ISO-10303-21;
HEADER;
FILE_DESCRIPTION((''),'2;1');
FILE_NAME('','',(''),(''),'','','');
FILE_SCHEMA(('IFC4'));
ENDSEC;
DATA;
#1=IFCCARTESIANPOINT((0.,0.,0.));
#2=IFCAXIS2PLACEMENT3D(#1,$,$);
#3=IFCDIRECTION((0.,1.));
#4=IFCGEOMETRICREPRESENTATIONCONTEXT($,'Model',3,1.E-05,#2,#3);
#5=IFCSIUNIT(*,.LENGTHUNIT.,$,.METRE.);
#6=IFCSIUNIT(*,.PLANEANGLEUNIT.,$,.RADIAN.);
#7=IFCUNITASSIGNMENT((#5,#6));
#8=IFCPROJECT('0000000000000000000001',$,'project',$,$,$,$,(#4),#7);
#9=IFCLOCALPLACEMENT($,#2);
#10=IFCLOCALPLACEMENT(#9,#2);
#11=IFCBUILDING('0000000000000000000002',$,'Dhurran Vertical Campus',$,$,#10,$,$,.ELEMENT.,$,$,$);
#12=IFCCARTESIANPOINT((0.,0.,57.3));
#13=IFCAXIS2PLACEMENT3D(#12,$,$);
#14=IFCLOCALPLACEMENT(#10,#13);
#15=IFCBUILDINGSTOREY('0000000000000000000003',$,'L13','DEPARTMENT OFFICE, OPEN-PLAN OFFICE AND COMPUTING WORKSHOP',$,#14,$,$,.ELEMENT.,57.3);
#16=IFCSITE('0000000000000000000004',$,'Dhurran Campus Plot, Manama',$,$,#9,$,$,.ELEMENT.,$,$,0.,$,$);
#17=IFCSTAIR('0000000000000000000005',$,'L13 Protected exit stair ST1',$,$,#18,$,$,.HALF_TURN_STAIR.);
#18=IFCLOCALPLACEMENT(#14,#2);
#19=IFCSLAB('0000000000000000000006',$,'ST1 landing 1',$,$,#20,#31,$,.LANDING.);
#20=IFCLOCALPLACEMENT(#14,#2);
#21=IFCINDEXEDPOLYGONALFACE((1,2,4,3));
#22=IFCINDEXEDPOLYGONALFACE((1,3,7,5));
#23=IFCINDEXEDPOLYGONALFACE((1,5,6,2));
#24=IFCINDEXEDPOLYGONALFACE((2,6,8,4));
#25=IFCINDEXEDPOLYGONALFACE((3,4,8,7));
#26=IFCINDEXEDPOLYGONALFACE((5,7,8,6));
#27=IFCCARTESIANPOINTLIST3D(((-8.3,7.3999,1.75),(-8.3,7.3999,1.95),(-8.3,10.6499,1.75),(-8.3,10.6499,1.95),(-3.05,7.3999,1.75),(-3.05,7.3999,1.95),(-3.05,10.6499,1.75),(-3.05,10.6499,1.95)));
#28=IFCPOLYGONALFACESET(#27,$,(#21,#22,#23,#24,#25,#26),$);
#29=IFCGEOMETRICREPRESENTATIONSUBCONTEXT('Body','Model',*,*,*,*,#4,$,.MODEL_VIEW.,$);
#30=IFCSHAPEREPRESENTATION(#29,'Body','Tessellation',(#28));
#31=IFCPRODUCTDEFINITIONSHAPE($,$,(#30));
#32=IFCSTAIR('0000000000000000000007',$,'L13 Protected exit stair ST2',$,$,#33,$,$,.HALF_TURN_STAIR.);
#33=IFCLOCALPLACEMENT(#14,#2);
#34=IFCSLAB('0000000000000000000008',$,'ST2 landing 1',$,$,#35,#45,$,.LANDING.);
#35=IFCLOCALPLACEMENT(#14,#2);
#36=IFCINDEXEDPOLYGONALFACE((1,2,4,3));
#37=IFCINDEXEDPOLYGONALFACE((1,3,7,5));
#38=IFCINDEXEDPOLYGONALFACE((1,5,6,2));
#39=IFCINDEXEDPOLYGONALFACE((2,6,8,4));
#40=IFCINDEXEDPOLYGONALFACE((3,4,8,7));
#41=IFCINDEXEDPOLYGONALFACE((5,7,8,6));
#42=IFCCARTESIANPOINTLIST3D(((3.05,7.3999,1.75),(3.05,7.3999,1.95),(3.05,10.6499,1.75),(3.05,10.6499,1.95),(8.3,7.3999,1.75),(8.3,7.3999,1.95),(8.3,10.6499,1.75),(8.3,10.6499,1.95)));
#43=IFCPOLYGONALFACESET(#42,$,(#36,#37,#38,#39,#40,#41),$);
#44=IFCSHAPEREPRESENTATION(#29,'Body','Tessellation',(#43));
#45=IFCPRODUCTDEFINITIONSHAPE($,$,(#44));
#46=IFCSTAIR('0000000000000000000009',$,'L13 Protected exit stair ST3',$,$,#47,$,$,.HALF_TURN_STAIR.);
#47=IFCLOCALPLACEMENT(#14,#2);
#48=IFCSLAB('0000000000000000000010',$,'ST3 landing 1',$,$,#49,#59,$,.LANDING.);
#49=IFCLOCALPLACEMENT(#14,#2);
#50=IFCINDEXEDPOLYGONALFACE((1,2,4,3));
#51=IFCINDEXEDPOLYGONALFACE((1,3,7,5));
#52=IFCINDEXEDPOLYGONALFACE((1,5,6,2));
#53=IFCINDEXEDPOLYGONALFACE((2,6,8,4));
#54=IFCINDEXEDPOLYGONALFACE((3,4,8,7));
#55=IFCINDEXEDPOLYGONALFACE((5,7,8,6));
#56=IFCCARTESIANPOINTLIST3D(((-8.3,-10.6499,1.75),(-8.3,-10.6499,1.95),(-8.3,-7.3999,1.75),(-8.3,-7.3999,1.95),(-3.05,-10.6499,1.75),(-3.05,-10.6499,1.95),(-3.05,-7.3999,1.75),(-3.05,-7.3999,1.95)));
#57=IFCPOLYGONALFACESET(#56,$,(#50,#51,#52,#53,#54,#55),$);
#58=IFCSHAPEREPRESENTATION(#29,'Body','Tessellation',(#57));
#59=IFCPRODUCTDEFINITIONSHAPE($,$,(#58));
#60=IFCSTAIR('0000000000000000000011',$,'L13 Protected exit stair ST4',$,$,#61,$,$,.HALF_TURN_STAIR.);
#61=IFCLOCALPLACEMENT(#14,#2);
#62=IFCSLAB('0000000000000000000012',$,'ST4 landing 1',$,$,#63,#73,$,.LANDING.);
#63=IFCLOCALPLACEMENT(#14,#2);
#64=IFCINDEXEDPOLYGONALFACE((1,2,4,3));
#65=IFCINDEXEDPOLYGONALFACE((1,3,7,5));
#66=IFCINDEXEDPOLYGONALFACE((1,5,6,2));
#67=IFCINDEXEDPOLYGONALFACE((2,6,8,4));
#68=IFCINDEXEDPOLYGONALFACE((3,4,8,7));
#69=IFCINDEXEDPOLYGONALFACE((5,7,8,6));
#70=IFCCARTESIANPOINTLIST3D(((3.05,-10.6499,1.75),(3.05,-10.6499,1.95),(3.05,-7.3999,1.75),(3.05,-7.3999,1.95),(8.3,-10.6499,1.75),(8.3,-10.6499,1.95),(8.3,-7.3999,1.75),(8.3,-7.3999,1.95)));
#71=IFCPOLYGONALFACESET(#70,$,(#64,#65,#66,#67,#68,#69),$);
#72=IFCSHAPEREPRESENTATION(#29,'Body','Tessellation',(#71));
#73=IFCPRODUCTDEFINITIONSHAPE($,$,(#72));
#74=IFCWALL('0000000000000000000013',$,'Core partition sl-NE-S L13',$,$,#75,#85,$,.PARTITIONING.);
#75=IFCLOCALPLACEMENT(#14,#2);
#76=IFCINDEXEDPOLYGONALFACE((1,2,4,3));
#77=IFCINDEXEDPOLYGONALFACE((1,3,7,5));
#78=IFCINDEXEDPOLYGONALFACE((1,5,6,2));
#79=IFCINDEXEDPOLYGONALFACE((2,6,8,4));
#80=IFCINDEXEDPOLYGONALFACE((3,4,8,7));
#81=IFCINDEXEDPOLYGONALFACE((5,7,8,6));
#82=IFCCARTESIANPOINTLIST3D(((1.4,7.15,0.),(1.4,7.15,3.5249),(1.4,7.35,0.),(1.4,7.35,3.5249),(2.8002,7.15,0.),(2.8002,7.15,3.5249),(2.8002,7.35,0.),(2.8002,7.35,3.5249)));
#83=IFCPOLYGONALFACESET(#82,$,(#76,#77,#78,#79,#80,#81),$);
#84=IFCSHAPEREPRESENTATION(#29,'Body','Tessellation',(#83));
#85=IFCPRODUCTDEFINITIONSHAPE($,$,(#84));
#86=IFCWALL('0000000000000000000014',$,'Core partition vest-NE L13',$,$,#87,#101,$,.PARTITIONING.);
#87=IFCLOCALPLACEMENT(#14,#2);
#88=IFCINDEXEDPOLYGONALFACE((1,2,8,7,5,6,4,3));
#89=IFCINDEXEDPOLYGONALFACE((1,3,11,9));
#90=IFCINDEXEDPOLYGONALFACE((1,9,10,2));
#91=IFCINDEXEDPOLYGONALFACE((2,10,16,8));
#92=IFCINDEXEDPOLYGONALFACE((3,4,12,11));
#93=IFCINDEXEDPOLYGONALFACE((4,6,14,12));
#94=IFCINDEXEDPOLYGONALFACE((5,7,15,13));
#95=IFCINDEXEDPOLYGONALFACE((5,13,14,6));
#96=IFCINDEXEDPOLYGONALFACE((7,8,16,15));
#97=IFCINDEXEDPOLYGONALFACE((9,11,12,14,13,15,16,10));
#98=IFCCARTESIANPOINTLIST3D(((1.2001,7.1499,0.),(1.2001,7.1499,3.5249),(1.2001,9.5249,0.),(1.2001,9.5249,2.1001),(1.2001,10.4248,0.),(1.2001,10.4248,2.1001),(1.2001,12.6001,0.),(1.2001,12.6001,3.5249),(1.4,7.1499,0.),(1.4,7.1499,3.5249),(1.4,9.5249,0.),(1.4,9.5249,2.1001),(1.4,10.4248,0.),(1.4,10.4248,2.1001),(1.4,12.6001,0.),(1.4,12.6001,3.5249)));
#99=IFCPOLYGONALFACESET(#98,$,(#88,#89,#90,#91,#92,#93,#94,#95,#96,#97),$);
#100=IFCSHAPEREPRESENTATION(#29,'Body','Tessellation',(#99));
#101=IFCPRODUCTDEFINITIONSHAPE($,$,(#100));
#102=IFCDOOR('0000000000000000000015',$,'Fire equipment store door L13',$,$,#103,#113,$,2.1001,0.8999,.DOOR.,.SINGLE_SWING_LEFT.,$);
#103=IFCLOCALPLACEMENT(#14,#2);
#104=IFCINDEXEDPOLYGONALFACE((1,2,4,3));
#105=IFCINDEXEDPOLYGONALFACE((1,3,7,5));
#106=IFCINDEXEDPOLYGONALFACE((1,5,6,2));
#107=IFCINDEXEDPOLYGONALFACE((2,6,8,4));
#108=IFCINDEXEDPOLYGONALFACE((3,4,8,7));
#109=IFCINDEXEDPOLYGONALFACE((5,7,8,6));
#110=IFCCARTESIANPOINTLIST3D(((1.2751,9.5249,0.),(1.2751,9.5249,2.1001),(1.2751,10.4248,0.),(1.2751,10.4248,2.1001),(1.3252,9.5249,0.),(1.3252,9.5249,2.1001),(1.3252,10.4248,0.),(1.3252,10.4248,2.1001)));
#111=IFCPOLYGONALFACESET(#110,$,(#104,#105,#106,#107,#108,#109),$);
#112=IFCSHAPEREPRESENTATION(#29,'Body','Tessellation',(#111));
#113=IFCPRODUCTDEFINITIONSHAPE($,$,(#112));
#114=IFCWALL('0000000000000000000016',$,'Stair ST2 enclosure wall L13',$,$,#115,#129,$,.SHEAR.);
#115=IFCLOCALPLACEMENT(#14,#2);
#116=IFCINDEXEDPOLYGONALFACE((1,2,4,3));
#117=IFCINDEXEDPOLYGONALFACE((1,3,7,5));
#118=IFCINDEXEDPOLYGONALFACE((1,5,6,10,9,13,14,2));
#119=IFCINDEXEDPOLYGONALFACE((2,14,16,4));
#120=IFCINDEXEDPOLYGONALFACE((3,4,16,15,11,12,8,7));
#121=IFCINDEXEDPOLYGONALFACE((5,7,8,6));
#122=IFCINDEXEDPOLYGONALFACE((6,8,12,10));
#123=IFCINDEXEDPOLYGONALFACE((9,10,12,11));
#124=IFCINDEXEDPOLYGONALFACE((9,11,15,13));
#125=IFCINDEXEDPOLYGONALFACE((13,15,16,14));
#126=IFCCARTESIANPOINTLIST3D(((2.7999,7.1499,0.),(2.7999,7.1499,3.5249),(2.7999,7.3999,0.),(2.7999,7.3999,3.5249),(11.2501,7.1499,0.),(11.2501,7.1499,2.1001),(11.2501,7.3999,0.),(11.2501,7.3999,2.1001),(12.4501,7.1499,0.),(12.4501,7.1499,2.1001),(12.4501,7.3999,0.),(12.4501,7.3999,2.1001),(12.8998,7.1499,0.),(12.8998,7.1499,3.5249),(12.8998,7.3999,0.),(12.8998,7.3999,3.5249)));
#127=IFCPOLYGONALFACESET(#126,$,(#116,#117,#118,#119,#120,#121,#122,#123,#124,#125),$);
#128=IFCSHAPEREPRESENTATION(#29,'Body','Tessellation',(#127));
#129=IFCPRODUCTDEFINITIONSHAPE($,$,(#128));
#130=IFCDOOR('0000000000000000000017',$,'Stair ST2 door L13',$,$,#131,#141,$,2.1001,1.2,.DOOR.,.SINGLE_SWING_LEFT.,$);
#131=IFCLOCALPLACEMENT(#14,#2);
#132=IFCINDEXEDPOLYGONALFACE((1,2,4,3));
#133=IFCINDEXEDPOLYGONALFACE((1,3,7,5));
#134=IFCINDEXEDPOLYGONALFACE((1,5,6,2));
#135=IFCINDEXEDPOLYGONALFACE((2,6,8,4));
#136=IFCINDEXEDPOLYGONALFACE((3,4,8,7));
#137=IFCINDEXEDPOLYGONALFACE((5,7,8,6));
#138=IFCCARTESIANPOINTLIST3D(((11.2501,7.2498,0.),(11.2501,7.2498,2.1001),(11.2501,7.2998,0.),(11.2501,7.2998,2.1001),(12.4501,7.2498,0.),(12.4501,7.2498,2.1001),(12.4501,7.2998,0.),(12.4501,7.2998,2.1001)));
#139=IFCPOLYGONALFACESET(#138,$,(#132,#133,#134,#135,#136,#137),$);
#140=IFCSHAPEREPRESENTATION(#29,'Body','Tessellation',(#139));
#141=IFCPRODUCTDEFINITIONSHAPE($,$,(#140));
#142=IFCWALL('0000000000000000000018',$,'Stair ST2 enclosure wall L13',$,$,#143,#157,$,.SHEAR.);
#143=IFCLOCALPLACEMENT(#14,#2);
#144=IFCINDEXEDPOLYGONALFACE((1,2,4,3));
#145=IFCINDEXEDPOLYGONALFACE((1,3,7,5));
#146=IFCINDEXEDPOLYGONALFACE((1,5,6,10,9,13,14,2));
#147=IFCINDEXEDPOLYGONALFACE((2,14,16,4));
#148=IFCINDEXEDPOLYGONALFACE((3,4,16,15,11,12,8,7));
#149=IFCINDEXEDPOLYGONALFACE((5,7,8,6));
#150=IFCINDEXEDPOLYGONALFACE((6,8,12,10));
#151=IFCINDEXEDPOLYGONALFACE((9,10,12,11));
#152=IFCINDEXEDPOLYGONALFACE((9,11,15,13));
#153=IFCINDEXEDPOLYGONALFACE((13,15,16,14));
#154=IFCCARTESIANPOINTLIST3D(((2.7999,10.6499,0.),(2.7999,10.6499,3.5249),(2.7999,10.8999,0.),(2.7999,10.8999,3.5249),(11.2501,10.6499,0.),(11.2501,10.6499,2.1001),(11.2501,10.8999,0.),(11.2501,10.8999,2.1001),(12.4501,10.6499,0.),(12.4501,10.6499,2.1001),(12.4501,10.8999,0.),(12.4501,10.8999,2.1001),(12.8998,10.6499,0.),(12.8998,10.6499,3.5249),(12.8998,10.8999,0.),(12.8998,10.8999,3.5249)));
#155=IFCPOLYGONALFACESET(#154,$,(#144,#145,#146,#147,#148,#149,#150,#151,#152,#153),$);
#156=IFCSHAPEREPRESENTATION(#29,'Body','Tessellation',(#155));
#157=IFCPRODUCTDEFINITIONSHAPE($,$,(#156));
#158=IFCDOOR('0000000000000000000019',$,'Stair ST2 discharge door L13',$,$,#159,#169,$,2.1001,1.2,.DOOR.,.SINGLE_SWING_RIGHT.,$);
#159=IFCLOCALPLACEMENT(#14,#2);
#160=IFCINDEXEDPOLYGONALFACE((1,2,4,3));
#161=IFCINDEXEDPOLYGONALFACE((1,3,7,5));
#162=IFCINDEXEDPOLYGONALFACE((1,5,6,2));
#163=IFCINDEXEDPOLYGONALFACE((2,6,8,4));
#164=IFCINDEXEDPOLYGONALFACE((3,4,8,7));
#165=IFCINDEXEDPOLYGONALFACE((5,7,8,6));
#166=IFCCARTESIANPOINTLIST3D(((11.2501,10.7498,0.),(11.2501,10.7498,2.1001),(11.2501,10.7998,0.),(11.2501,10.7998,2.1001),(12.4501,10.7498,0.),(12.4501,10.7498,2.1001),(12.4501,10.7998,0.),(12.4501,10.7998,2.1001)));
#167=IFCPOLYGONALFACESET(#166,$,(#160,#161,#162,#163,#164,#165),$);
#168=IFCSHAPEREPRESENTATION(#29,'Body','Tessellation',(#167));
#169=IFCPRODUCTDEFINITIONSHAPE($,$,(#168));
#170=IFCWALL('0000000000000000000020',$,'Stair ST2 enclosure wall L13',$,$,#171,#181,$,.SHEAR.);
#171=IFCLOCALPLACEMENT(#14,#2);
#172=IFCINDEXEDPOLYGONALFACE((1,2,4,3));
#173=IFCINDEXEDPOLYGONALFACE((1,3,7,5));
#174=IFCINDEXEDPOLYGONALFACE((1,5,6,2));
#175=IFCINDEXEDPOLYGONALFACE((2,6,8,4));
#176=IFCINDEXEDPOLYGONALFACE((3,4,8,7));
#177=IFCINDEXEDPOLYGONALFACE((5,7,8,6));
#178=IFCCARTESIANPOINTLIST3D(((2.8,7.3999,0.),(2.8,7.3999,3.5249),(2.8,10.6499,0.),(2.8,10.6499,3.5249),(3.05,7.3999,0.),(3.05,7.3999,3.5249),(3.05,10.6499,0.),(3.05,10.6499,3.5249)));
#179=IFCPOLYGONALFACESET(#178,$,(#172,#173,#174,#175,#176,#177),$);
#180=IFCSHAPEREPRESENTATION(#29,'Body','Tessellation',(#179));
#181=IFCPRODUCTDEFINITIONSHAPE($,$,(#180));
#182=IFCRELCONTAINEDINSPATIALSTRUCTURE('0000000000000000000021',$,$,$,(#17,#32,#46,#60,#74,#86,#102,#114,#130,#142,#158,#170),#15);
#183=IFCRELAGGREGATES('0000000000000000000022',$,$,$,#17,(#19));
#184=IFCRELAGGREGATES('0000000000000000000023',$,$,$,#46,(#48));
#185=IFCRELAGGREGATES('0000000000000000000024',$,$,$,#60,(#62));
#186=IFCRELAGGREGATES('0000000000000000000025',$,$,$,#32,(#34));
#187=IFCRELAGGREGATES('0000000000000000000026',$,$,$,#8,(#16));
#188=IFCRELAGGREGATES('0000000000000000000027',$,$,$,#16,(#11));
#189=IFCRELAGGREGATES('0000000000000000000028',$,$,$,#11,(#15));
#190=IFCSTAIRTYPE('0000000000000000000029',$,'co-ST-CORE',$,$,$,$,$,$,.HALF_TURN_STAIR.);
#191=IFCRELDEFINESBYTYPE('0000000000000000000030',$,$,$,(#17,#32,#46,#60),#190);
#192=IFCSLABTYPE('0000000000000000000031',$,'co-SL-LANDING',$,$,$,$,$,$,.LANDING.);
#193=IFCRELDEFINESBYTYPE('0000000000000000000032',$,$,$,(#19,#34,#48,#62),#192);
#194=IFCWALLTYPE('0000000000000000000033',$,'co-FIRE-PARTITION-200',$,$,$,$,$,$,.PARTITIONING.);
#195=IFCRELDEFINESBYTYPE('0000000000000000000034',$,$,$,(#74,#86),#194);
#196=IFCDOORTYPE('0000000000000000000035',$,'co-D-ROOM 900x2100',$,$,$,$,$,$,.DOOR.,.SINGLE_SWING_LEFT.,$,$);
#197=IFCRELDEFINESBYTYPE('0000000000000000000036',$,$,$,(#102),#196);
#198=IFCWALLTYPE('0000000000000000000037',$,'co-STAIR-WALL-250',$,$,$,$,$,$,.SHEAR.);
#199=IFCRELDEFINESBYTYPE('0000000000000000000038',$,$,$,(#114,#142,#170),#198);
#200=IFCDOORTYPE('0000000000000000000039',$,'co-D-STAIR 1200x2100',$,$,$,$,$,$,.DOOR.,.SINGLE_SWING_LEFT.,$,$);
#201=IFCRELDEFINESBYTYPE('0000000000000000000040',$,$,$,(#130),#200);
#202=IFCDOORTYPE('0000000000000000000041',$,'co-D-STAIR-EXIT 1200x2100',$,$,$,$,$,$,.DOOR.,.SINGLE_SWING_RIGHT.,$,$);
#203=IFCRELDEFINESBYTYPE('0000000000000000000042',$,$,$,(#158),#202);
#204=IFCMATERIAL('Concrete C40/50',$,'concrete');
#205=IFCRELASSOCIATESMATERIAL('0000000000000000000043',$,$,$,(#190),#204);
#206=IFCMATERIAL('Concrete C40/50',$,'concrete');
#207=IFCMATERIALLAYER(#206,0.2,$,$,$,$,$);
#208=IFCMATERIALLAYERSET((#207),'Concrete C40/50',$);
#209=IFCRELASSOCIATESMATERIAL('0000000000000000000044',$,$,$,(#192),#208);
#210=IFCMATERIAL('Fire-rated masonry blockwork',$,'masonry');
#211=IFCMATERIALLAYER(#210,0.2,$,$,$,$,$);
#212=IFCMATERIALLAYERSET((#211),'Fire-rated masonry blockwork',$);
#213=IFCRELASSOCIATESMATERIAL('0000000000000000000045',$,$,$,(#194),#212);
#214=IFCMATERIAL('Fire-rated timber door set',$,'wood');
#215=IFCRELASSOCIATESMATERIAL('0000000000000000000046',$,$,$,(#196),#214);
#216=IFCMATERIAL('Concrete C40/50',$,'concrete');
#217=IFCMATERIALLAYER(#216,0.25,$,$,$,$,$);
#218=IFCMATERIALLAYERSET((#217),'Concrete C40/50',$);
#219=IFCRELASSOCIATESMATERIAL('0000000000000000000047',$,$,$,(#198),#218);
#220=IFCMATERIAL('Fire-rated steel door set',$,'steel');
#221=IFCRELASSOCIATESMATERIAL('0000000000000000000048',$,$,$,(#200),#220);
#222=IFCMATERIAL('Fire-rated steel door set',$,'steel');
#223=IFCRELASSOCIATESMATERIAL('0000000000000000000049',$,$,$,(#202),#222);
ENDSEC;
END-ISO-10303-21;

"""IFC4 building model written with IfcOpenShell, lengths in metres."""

from ifc_helpers import new_model, si_unit, direction, frame, frame_2d, origin, place, context, subcontext, project, spatial, polyline, rectangle, outline, extrude, material, layer, layer_set, type_object, element, fill, aggregate, save


model = new_model("IFC4")

# Units and contexts
model_context = context("Model", 3, precision=1e-05, world=origin(), true_north=direction((0.0, 1.0)))
body_context = subcontext(model_context, "Body", "Model", "MODEL_VIEW")
ifc_project = project(units=[si_unit("LENGTHUNIT", "METRE"), si_unit("PLANEANGLEUNIT", "RADIAN")], contexts=[model_context])

# Site, building, storey
site_placement = place(None, origin())
site = spatial("IfcSite", under=ifc_project, at=site_placement, Name="Dhurran Campus Plot, Manama", CompositionType="ELEMENT", RefElevation=0.0)
building_placement = place(site_placement, origin())
building = spatial("IfcBuilding", under=site, at=building_placement, Name="Dhurran Vertical Campus", CompositionType="ELEMENT")
storey_placement = place(building_placement, frame((0.0, 0.0, 57.3)))
storey = spatial("IfcBuildingStorey", under=building, at=storey_placement, Name="L13", Description="DEPARTMENT OFFICE, OPEN-PLAN OFFICE AND COMPUTING WORKSHOP", CompositionType="ELEMENT", Elevation=57.3)

# Stairs, slabs
ifc_material_1 = material(Name="Concrete C40/50", Category="concrete")
stair_type = type_object("IfcStairType", Name="co-ST-CORE", PredefinedType="HALF_TURN_STAIR", material=ifc_material_1)
stair_1_placement = place(storey_placement, origin())
stair_1 = element("IfcStair", 1, at=stair_1_placement, inside=storey, type_object=stair_type, Name="L13 Protected exit stair ST1", PredefinedType="HALF_TURN_STAIR")
ifc_material_2 = material(Name="Concrete C40/50", Category="concrete")
ifc_layer_1 = layer(ifc_material_2, 0.2)
ifc_layer_set_1 = layer_set([ifc_layer_1], Name="Concrete C40/50")
slab_type = type_object("IfcSlabType", Name="co-SL-LANDING", PredefinedType="LANDING", material=ifc_layer_set_1)
slab_1_placement = place(storey_placement, frame((0.0, 0.0, 1.75)))
slab_1 = element("IfcSlab", 2, at=slab_1_placement, type_object=slab_type, Name="ST1 landing 1", PredefinedType="LANDING", context=body_context, shape_type="SweptSolid", body=[
    extrude(outline(polyline([(-8.3, 7.3999), (-3.05, 7.3999), (-3.05, 10.6499), (-8.3, 10.6499), (-8.3, 7.3999)])), origin(), (0.0, 0.0, 1.0), 0.2),
])
aggregate(stair_1, [slab_1])
stair_2_placement = place(storey_placement, origin())
stair_2 = element("IfcStair", 3, at=stair_2_placement, inside=storey, type_object=stair_type, Name="L13 Protected exit stair ST2", PredefinedType="HALF_TURN_STAIR")
slab_2_placement = place(storey_placement, frame((0.0, 0.0, 1.75)))
slab_2 = element("IfcSlab", 4, at=slab_2_placement, type_object=slab_type, Name="ST2 landing 1", PredefinedType="LANDING", context=body_context, shape_type="SweptSolid", body=[
    extrude(outline(polyline([(8.3, 10.6499), (3.05, 10.6499), (3.05, 7.3999), (8.3, 7.3999), (8.3, 10.6499)])), origin(), (0.0, 0.0, 1.0), 0.2),
])
stair_3_placement = place(storey_placement, origin())
stair_3 = element("IfcStair", 5, at=stair_3_placement, inside=storey, type_object=stair_type, Name="L13 Protected exit stair ST3", PredefinedType="HALF_TURN_STAIR")
slab_3_placement = place(storey_placement, frame((0.0, 0.0, 1.75)))
slab_3 = element("IfcSlab", 6, at=slab_3_placement, type_object=slab_type, Name="ST3 landing 1", PredefinedType="LANDING", context=body_context, shape_type="SweptSolid", body=[
    extrude(outline(polyline([(-8.3, -10.6499), (-3.05, -10.6499), (-3.05, -7.3999), (-8.3, -7.3999), (-8.3, -10.6499)])), origin(), (0.0, 0.0, 1.0), 0.2),
])
aggregate(stair_3, [slab_3])
stair_4_placement = place(storey_placement, origin())
stair_4 = element("IfcStair", 7, at=stair_4_placement, inside=storey, type_object=stair_type, Name="L13 Protected exit stair ST4", PredefinedType="HALF_TURN_STAIR")
slab_4_placement = place(storey_placement, frame((0.0, 0.0, 1.75)))
slab_4 = element("IfcSlab", 8, at=slab_4_placement, type_object=slab_type, Name="ST4 landing 1", PredefinedType="LANDING", context=body_context, shape_type="SweptSolid", body=[
    extrude(outline(polyline([(8.3, -7.3999), (3.05, -7.3999), (3.05, -10.6499), (8.3, -10.6499), (8.3, -7.3999)])), origin(), (0.0, 0.0, 1.0), 0.2),
])
aggregate(stair_4, [slab_4])

# Wall
ifc_material_3 = material(Name="Fire-rated masonry blockwork", Category="masonry")
ifc_layer_2 = layer(ifc_material_3, 0.2)
ifc_layer_set_2 = layer_set([ifc_layer_2], Name="Fire-rated masonry blockwork")
wall_type_1 = type_object("IfcWallType", Name="co-FIRE-PARTITION-200", PredefinedType="PARTITIONING", material=ifc_layer_set_2)
wall_1_placement = place(storey_placement, frame((1.3999, 7.25, 0.0), z_axis=(0.0, 0.0, 1.0), x_axis=(1.0, 0.0, 0.0)))
element("IfcWall", 9, at=wall_1_placement, inside=storey, type_object=wall_type_1, Name="Core partition sl-NE-S L13", PredefinedType="PARTITIONING", context=body_context, shape_type="SweptSolid", body=[
    extrude(rectangle(XDim=1.4001, YDim=0.2, at=frame_2d((0.7002, 0.0))), origin(), (0.0, 0.0, 1.0), 3.5249),
])

# Walls, openings, doors
wall_2_placement = place(storey_placement, frame((1.3, 7.1499, 0.0), z_axis=(0.0, 0.0, 1.0), x_axis=(0.0, 1.0, 0.0)))
wall_2 = element("IfcWall", 10, at=wall_2_placement, inside=storey, type_object=wall_type_1, Name="Core partition vest-NE L13", PredefinedType="PARTITIONING", context=body_context, shape_type="SweptSolid", body=[
    extrude(rectangle(XDim=5.4502, YDim=0.2, at=frame_2d((2.7251, 0.0))), origin(), (0.0, 0.0, 1.0), 3.5249),
])
opening_1_placement = place(wall_2_placement, frame((2.375, 0.0, 0.0)))
opening_1 = element("IfcOpeningElement", 11, at=opening_1_placement, cuts=wall_2, PredefinedType="OPENING", context=body_context, shape_type="SweptSolid", body=[
    extrude(rectangle(XDim=0.8999, YDim=2.1001, at=frame_2d((0.45, 1.05))), frame((0.0, 0.1099, 0.0), z_axis=(0.0, -1.0, 0.0), x_axis=(1.0, 0.0, 0.0)), (0.0, 0.0, 1.0), 0.22),
])
ifc_material_4 = material(Name="Fire-rated timber door set", Category="wood")
door_type_1 = type_object("IfcDoorType", Name="co-D-ROOM 900x2100", OperationType="SINGLE_SWING_LEFT", PredefinedType="DOOR", material=ifc_material_4)
door_1_placement = place(opening_1_placement, origin())
door_1 = element("IfcDoor", 12, at=door_1_placement, inside=storey, type_object=door_type_1, Name="Fire equipment store door L13", OperationType="SINGLE_SWING_LEFT", OverallHeight=2.1001, OverallWidth=0.8999, PredefinedType="DOOR", context=body_context, shape_type="SweptSolid", body=[
    extrude(rectangle(XDim=0.8999, YDim=2.1001, at=frame_2d((0.45, 1.05))), frame((0.0, 0.0249, 0.0), z_axis=(0.0, -1.0, 0.0), x_axis=(1.0, 0.0, 0.0)), (0.0, 0.0, 1.0), 0.05),
])
fill(opening_1, door_1)
ifc_material_5 = material(Name="Concrete C40/50", Category="concrete")
ifc_layer_3 = layer(ifc_material_5, 0.25)
ifc_layer_set_3 = layer_set([ifc_layer_3], Name="Concrete C40/50")
wall_type_2 = type_object("IfcWallType", Name="co-STAIR-WALL-250", PredefinedType="SHEAR", material=ifc_layer_set_3)
wall_3_placement = place(storey_placement, frame((2.8, 7.2749, 0.0), z_axis=(0.0, 0.0, 1.0), x_axis=(1.0, 0.0, 0.0)))
wall_3 = element("IfcWall", 13, at=wall_3_placement, inside=storey, type_object=wall_type_2, Name="Stair ST2 enclosure wall L13", PredefinedType="SHEAR", context=body_context, shape_type="SweptSolid", body=[
    extrude(rectangle(XDim=10.0999, YDim=0.25, at=frame_2d((5.0498, 0.0))), origin(), (0.0, 0.0, 1.0), 3.5249),
])
opening_2_placement = place(wall_3_placement, frame((8.45, 0.0, 0.0)))
opening_2 = element("IfcOpeningElement", 14, at=opening_2_placement, cuts=wall_3, PredefinedType="OPENING", context=body_context, shape_type="SweptSolid", body=[
    extrude(rectangle(XDim=1.2, YDim=2.1001, at=frame_2d((0.6001, 1.05))), frame((0.0, 0.135, 0.0), z_axis=(0.0, -1.0, 0.0), x_axis=(1.0, 0.0, 0.0)), (0.0, 0.0, 1.0), 0.27),
])
ifc_material_6 = material(Name="Fire-rated steel door set", Category="steel")
door_type_2 = type_object("IfcDoorType", Name="co-D-STAIR 1200x2100", OperationType="SINGLE_SWING_LEFT", PredefinedType="DOOR", material=ifc_material_6)
door_2_placement = place(opening_2_placement, origin())
door_2 = element("IfcDoor", 15, at=door_2_placement, inside=storey, type_object=door_type_2, Name="Stair ST2 door L13", OperationType="SINGLE_SWING_LEFT", OverallHeight=2.1001, OverallWidth=1.2, PredefinedType="DOOR", context=body_context, shape_type="SweptSolid", body=[
    extrude(rectangle(XDim=1.2, YDim=2.1001, at=frame_2d((0.6001, 1.05))), frame((0.0, 0.0249, 0.0), z_axis=(0.0, -1.0, 0.0), x_axis=(1.0, 0.0, 0.0)), (0.0, 0.0, 1.0), 0.05),
])
fill(opening_2, door_2)
wall_4_placement = place(storey_placement, frame((2.8, 10.7749, 0.0), z_axis=(0.0, 0.0, 1.0), x_axis=(1.0, 0.0, 0.0)))
wall_4 = element("IfcWall", 16, at=wall_4_placement, inside=storey, type_object=wall_type_2, Name="Stair ST2 enclosure wall L13", PredefinedType="SHEAR", context=body_context, shape_type="SweptSolid", body=[
    extrude(rectangle(XDim=10.0999, YDim=0.25, at=frame_2d((5.0498, 0.0))), origin(), (0.0, 0.0, 1.0), 3.5249),
])
opening_3_placement = place(wall_4_placement, frame((8.45, 0.0, 0.0)))
opening_3 = element("IfcOpeningElement", 17, at=opening_3_placement, cuts=wall_4, PredefinedType="OPENING", context=body_context, shape_type="SweptSolid", body=[
    extrude(rectangle(XDim=1.2, YDim=2.1001, at=frame_2d((0.6001, 1.05))), frame((0.0, 0.135, 0.0), z_axis=(0.0, -1.0, 0.0), x_axis=(1.0, 0.0, 0.0)), (0.0, 0.0, 1.0), 0.27),
])
ifc_material_7 = material(Name="Fire-rated steel door set", Category="steel")
door_type_3 = type_object("IfcDoorType", Name="co-D-STAIR-EXIT 1200x2100", OperationType="SINGLE_SWING_RIGHT", PredefinedType="DOOR", material=ifc_material_7)
door_3_placement = place(opening_3_placement, origin())
door_3 = element("IfcDoor", 18, at=door_3_placement, inside=storey, type_object=door_type_3, Name="Stair ST2 discharge door L13", OperationType="SINGLE_SWING_RIGHT", OverallHeight=2.1001, OverallWidth=1.2, PredefinedType="DOOR", context=body_context, shape_type="SweptSolid", body=[
    extrude(rectangle(XDim=1.2, YDim=2.1001, at=frame_2d((0.6001, 1.05))), frame((0.0, 0.0249, 0.0), z_axis=(0.0, -1.0, 0.0), x_axis=(1.0, 0.0, 0.0)), (0.0, 0.0, 1.0), 0.05),
])
fill(opening_3, door_3)

# Wall
for number, where, z_axis, x_axis, name in (
    (19, (2.925, 7.3999, 0.0), (0.0, 0.0, 1.0), (0.0, 1.0, 0.0), "Stair ST2 enclosure wall L13"),
):
    element("IfcWall", number, at=place(storey_placement, frame(where, z_axis=z_axis, x_axis=x_axis)), inside=storey, type_object=wall_type_2, Name=name, PredefinedType="SHEAR", context=body_context, shape_type="SweptSolid", body=[
        extrude(rectangle(XDim=3.25, YDim=0.25, at=frame_2d((1.625, 0.0))), origin(), (0.0, 0.0, 1.0), 3.5249),
    ])

aggregate(stair_2, [slab_2])

save(model, "model.ifc")
